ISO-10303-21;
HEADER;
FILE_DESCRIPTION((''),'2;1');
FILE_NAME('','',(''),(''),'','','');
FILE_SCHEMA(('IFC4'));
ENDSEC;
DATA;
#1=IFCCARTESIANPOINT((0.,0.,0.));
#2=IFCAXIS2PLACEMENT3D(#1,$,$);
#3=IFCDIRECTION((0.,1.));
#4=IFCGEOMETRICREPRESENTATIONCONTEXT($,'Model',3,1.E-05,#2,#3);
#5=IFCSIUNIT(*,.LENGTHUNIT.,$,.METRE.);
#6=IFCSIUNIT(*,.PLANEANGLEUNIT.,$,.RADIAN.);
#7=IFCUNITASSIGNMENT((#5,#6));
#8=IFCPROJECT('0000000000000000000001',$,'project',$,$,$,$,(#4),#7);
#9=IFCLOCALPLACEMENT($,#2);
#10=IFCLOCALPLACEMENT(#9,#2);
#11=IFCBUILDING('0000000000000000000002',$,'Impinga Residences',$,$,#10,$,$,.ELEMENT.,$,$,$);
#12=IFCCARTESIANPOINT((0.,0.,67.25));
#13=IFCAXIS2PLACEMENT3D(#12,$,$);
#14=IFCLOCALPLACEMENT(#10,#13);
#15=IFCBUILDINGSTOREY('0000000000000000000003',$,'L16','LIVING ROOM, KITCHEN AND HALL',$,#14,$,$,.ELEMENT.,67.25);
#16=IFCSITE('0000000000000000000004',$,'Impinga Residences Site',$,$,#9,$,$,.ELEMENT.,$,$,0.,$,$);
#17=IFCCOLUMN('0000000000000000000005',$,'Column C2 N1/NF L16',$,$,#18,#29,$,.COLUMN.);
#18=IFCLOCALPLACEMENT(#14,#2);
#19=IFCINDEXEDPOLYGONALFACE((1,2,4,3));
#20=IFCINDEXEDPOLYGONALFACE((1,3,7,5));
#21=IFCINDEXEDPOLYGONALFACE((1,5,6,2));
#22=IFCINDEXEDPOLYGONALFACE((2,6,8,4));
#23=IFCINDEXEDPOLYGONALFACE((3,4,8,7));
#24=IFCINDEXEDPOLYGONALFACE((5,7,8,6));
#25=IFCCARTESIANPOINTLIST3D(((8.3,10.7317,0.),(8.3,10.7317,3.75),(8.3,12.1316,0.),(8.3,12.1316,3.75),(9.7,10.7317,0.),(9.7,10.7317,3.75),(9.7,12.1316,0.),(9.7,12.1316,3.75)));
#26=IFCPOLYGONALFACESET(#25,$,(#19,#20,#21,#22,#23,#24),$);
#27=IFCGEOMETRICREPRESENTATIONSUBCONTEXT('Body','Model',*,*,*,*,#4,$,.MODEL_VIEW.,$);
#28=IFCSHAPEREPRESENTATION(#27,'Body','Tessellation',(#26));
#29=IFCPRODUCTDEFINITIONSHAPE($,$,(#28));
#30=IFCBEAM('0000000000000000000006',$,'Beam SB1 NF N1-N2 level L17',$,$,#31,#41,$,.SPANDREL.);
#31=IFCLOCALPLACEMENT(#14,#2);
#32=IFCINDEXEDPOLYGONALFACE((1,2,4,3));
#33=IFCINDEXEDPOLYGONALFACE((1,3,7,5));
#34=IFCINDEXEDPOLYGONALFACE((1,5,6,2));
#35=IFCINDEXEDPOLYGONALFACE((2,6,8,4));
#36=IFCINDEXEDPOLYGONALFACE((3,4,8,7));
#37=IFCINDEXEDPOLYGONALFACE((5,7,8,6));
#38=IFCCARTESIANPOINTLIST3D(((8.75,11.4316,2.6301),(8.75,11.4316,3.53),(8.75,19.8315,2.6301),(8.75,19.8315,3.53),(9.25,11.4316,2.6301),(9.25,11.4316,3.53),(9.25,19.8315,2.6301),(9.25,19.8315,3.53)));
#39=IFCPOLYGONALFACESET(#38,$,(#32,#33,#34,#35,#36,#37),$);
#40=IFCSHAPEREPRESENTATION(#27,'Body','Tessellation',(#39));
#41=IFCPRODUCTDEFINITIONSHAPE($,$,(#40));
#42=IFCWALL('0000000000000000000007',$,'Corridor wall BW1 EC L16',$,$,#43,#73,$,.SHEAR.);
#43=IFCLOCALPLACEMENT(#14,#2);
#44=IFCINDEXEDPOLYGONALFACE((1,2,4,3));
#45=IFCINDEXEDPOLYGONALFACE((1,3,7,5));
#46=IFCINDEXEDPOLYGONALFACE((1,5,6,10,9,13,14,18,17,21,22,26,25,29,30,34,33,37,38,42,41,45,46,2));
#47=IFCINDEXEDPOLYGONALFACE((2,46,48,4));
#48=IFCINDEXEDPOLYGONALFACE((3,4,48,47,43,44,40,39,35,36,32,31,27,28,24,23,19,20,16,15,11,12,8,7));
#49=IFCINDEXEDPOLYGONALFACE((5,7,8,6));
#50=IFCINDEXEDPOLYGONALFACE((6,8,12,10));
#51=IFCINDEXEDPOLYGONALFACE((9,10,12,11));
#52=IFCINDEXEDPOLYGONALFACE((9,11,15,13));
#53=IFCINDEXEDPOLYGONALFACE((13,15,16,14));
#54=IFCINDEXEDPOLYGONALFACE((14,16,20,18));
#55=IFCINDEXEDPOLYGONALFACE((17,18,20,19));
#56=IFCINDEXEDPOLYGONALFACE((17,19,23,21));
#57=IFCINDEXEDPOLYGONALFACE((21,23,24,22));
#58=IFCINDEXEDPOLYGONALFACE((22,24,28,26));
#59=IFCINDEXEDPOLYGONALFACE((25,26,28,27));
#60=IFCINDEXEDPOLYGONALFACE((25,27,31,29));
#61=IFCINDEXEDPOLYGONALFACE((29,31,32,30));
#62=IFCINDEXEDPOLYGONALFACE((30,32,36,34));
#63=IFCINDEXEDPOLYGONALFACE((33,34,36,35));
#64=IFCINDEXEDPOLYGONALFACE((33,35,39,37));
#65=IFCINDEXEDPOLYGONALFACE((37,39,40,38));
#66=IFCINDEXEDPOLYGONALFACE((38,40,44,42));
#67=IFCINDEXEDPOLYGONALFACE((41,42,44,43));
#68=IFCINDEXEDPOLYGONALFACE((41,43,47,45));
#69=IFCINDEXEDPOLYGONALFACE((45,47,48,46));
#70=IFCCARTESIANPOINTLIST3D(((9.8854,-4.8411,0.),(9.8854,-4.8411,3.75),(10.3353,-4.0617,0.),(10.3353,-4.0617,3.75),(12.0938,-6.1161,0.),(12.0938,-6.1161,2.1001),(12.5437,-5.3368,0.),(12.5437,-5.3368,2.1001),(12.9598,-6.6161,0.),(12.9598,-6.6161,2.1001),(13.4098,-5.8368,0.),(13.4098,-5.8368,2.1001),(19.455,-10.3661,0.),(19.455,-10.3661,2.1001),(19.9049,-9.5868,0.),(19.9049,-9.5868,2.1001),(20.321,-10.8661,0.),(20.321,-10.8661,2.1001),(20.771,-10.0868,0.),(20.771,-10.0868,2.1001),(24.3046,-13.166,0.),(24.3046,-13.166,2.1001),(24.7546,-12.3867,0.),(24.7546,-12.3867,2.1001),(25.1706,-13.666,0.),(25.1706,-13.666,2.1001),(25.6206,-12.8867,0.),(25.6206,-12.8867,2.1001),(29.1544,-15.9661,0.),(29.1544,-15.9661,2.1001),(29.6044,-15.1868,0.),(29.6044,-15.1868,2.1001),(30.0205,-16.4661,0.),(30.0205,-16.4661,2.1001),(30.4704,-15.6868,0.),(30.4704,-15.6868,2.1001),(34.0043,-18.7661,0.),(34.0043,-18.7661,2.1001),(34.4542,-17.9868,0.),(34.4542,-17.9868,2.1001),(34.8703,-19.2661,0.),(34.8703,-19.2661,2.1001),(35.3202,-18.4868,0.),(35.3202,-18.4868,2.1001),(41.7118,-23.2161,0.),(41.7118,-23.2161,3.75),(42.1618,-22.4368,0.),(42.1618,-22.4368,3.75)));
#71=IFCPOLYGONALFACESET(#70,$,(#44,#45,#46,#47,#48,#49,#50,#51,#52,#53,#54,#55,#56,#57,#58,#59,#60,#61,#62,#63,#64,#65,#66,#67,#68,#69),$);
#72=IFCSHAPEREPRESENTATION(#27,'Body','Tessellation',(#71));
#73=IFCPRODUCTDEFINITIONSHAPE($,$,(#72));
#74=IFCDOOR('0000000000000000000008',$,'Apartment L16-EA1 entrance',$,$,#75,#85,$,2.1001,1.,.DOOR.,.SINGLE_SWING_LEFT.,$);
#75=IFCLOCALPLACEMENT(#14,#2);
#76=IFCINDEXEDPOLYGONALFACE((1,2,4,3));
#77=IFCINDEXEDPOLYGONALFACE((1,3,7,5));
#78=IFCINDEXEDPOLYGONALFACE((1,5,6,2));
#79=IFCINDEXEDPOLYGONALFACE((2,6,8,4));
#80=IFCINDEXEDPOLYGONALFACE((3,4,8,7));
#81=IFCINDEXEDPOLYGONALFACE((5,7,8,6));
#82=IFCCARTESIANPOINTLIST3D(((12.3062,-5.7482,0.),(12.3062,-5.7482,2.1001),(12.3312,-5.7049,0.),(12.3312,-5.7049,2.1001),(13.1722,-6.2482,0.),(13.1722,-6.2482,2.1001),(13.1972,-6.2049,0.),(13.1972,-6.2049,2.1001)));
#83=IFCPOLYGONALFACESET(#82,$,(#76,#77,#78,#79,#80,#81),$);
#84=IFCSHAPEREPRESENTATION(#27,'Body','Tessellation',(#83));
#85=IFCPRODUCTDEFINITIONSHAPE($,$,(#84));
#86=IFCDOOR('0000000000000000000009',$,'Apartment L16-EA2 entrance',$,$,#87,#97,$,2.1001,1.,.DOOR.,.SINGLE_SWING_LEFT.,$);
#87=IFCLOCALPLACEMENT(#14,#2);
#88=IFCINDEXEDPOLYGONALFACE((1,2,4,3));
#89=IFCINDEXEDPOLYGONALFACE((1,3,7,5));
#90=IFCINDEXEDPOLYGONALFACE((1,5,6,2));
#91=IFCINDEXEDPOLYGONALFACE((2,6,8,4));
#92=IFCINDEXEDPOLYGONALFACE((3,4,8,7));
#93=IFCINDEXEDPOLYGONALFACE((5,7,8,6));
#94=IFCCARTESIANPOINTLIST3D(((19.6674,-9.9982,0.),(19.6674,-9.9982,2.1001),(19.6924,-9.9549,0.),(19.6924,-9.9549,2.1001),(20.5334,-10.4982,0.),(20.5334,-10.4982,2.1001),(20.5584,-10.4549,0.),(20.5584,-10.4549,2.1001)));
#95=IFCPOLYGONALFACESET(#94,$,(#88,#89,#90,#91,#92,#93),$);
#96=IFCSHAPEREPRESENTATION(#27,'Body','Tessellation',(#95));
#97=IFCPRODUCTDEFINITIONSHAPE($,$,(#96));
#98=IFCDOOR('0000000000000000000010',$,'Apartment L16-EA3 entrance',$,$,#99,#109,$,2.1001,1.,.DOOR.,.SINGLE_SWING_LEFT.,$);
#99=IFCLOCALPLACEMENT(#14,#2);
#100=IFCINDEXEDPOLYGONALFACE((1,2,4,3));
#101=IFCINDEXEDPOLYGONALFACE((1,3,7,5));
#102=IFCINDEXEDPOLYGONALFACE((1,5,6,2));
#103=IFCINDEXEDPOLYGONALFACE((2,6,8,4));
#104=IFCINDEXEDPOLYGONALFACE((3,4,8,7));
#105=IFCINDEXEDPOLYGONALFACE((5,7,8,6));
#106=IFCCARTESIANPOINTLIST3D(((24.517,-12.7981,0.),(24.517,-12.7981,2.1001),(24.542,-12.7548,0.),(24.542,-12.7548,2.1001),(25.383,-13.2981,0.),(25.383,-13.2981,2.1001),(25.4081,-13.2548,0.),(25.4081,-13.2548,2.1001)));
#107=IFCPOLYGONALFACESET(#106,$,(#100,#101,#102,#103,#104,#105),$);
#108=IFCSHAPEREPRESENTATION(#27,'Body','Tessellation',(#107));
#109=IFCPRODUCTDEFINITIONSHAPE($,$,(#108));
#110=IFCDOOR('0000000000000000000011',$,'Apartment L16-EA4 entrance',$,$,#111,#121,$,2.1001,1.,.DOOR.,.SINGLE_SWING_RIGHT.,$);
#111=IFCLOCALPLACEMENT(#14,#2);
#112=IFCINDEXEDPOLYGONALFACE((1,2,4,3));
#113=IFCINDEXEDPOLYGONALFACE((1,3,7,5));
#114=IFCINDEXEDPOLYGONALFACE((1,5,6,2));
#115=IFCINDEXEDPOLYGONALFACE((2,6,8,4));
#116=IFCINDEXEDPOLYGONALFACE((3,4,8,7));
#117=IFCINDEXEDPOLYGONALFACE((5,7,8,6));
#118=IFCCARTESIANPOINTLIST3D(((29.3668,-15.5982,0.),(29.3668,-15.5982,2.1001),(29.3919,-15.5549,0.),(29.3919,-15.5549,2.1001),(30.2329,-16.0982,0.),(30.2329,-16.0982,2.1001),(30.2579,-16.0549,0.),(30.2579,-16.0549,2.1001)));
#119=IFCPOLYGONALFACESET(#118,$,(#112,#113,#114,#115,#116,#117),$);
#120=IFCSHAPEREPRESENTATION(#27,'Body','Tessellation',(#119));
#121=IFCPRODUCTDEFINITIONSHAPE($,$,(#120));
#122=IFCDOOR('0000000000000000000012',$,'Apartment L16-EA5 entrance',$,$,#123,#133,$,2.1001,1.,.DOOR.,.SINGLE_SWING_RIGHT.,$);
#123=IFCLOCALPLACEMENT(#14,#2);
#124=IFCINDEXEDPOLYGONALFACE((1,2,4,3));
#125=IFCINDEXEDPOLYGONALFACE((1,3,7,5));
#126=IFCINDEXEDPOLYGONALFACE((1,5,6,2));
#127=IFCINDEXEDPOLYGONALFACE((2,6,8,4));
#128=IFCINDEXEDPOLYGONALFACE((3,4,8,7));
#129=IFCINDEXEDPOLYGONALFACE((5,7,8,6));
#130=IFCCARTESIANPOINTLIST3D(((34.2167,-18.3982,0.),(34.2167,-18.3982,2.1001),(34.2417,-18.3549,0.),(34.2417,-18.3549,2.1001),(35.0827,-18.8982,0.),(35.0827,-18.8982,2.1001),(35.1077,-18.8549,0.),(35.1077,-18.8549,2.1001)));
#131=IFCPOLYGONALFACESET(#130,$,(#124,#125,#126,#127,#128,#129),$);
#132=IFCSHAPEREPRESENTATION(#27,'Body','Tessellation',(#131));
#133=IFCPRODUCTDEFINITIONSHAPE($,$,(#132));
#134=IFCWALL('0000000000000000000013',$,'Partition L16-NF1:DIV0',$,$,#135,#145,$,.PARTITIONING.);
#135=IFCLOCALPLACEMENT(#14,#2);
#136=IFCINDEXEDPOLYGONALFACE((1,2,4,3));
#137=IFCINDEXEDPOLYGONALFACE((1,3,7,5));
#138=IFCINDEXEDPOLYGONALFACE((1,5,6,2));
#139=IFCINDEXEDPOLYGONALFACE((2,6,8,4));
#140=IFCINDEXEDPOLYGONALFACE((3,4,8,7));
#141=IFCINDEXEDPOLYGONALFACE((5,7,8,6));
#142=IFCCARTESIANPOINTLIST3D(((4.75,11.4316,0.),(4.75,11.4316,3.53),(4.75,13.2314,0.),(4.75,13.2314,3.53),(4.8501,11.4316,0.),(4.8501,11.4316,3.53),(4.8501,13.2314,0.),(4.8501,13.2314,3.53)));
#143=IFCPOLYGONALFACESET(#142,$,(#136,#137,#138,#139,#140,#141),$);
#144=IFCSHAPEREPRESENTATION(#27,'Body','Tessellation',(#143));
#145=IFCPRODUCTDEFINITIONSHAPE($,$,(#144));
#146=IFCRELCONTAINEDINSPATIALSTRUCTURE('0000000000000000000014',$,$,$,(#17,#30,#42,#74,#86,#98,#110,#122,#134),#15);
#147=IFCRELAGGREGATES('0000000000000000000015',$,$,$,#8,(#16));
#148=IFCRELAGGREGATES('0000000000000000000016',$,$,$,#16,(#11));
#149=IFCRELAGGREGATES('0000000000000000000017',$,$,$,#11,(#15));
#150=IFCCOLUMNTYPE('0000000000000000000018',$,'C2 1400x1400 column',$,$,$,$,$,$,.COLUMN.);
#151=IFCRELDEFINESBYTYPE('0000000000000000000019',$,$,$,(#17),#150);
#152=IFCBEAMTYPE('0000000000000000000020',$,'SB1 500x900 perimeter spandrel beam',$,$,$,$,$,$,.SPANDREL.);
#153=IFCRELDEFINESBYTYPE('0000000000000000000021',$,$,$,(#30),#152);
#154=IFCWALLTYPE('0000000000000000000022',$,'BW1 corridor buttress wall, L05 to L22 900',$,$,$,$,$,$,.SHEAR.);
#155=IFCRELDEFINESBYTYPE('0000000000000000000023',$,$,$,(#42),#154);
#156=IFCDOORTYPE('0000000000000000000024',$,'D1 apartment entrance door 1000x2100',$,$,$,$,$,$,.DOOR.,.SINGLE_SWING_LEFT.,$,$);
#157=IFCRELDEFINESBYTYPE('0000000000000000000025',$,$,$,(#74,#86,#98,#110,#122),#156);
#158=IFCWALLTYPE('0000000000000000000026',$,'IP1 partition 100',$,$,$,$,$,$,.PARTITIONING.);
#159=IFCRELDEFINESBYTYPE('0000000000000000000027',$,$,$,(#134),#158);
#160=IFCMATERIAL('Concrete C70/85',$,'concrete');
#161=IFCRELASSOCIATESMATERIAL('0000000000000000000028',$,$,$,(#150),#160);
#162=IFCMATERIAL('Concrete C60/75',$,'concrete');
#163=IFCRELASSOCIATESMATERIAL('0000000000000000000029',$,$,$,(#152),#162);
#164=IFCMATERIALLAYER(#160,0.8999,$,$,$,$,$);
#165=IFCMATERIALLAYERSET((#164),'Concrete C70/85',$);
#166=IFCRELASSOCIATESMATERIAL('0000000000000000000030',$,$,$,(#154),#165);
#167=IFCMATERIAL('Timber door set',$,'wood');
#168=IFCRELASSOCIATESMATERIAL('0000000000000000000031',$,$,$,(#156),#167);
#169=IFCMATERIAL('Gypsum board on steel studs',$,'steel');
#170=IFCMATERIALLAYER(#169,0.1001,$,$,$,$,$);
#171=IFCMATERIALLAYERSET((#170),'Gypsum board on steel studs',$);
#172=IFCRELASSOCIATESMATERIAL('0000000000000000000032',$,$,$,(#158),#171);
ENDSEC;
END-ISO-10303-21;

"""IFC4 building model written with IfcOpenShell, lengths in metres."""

from ifc_helpers import new_model, si_unit, direction, frame, frame_2d, origin, origin_2d, place, context, subcontext, project, spatial, rectangle, extrude, material, layer, layer_set, material_profile, profile_set, type_object, element, fill, save


model = new_model("IFC4")

# Units and contexts
model_context = context("Model", 3, precision=1e-05, world=origin(), true_north=direction((0.0, 1.0)))
body_context = subcontext(model_context, "Body", "Model", "MODEL_VIEW")
ifc_project = project(units=[si_unit("LENGTHUNIT", "METRE"), si_unit("PLANEANGLEUNIT", "RADIAN")], contexts=[model_context])

# Site, building, storey
site_placement = place(None, origin())
site = spatial("IfcSite", under=ifc_project, at=site_placement, Name="Impinga Residences Site", CompositionType="ELEMENT", RefElevation=0.0)
building_placement = place(site_placement, origin())
building = spatial("IfcBuilding", under=site, at=building_placement, Name="Impinga Residences", CompositionType="ELEMENT")
storey_placement = place(building_placement, frame((0.0, 0.0, 67.25)))
storey = spatial("IfcBuildingStorey", under=building, at=storey_placement, Name="L16", Description="LIVING ROOM, KITCHEN AND HALL", CompositionType="ELEMENT", Elevation=67.25)

# Column
ifc_material_1 = material(Name="Concrete C70/85", Category="concrete")
ifc_material_profile_1 = material_profile(ifc_material_1, rectangle(XDim=1.3999, YDim=1.3999, at=origin_2d()), Name="RC 1400x1400")
ifc_profile_set_1 = profile_set([ifc_material_profile_1], Name="Concrete C70/85")
column_type = type_object("IfcColumnType", Name="C2 1400x1400 column", PredefinedType="COLUMN", material=ifc_profile_set_1)
column_placement = place(storey_placement, frame((9.0, 11.4316, 0.0), z_axis=(0.0, 0.0, 1.0), x_axis=(1.0, 0.0, 0.0)))
element("IfcColumn", 1, at=column_placement, inside=storey, type_object=column_type, Name="Column C2 N1/NF L16", PredefinedType="COLUMN", context=body_context, shape_type="SweptSolid", body=[
    extrude(rectangle(XDim=1.3999, YDim=1.3999, at=origin_2d()), origin(), (0.0, 0.0, 1.0), 3.75),
])

# Beam
ifc_material_2 = material(Name="Concrete C60/75", Category="concrete")
ifc_material_profile_2 = material_profile(ifc_material_2, rectangle(XDim=0.5, YDim=0.8999, at=origin_2d()), Name="RC 500x900")
ifc_profile_set_2 = profile_set([ifc_material_profile_2], Name="Concrete C60/75")
beam_type = type_object("IfcBeamType", Name="SB1 500x900 perimeter spandrel beam", PredefinedType="SPANDREL", material=ifc_profile_set_2)
beam_placement = place(storey_placement, frame((9.0, 11.4316, 3.0801), z_axis=(0.0, 1.0, 0.0), x_axis=(-1.0, 0.0, 0.0)))
element("IfcBeam", 2, at=beam_placement, inside=storey, type_object=beam_type, Name="Beam SB1 NF N1-N2 level L17", PredefinedType="SPANDREL", context=body_context, shape_type="SweptSolid", body=[
    extrude(rectangle(XDim=0.5, YDim=0.8999, at=origin_2d()), origin(), (0.0, 0.0, 1.0), 8.3999),
])

# Wall, openings, doors
ifc_layer_1 = layer(ifc_material_1, 0.8999)
ifc_layer_set_1 = layer_set([ifc_layer_1], Name="Concrete C70/85")
wall_type_1 = type_object("IfcWallType", Name="BW1 corridor buttress wall, L05 to L22 900", PredefinedType="SHEAR", material=ifc_layer_set_1)
wall_1_placement = place(storey_placement, frame((10.1104, -4.4514, 0.0), z_axis=(0.0, 0.0, 1.0), x_axis=(0.866025, -0.5, 0.0)))
wall_1 = element("IfcWall", 3, at=wall_1_placement, inside=storey, type_object=wall_type_1, Name="Corridor wall BW1 EC L16", PredefinedType="SHEAR", context=body_context, shape_type="SweptSolid", body=[
    extrude(rectangle(XDim=36.75, YDim=0.8999, at=frame_2d((18.375, 0.0))), origin(), (0.0, 0.0, 1.0), 3.75),
])
opening_1_placement = place(wall_1_placement, frame((2.55, 0.0, 0.0)))
opening_1 = element("IfcOpeningElement", 4, at=opening_1_placement, cuts=wall_1, PredefinedType="OPENING", context=body_context, shape_type="SweptSolid", body=[
    extrude(rectangle(XDim=1.0, YDim=2.1001, at=frame_2d((0.5, 1.05))), frame((0.0, 0.46, 0.0), z_axis=(0.0, -1.0, 0.0), x_axis=(1.0, 0.0, 0.0)), (0.0, 0.0, 1.0), 0.9199),
])
opening_2_placement = place(wall_1_placement, frame((11.05, 0.0, 0.0)))
opening_2 = element("IfcOpeningElement", 5, at=opening_2_placement, cuts=wall_1, PredefinedType="OPENING", context=body_context, shape_type="SweptSolid", body=[
    extrude(rectangle(XDim=1.0, YDim=2.1001, at=frame_2d((0.5, 1.05))), frame((0.0, 0.46, 0.0), z_axis=(0.0, -1.0, 0.0), x_axis=(1.0, 0.0, 0.0)), (0.0, 0.0, 1.0), 0.9199),
])
opening_3_placement = place(wall_1_placement, frame((16.6499, 0.0, 0.0)))
opening_3 = element("IfcOpeningElement", 6, at=opening_3_placement, cuts=wall_1, PredefinedType="OPENING", context=body_context, shape_type="SweptSolid", body=[
    extrude(rectangle(XDim=1.0, YDim=2.1001, at=frame_2d((0.5, 1.05))), frame((0.0, 0.46, 0.0), z_axis=(0.0, -1.0, 0.0), x_axis=(1.0, 0.0, 0.0)), (0.0, 0.0, 1.0), 0.9199),
])
opening_4_placement = place(wall_1_placement, frame((22.25, 0.0, 0.0)))
opening_4 = element("IfcOpeningElement", 7, at=opening_4_placement, cuts=wall_1, PredefinedType="OPENING", context=body_context, shape_type="SweptSolid", body=[
    extrude(rectangle(XDim=1.0, YDim=2.1001, at=frame_2d((0.5, 1.05))), frame((0.0, 0.46, 0.0), z_axis=(0.0, -1.0, 0.0), x_axis=(1.0, 0.0, 0.0)), (0.0, 0.0, 1.0), 0.9199),
])
opening_5_placement = place(wall_1_placement, frame((27.8501, 0.0, 0.0)))
opening_5 = element("IfcOpeningElement", 8, at=opening_5_placement, cuts=wall_1, PredefinedType="OPENING", context=body_context, shape_type="SweptSolid", body=[
    extrude(rectangle(XDim=1.0, YDim=2.1001, at=frame_2d((0.5, 1.05))), frame((0.0, 0.46, 0.0), z_axis=(0.0, -1.0, 0.0), x_axis=(1.0, 0.0, 0.0)), (0.0, 0.0, 1.0), 0.9199),
])
ifc_material_3 = material(Name="Timber door set", Category="wood")
door_type_1 = type_object("IfcDoorType", Name="D1 apartment entrance door 1000x2100", OperationType="SINGLE_SWING_LEFT", PredefinedType="DOOR", material=ifc_material_3)
door_1_placement = place(opening_1_placement, origin())
door_1 = element("IfcDoor", 9, at=door_1_placement, inside=storey, type_object=door_type_1, Name="Apartment L16-EA1 entrance", OperationType="SINGLE_SWING_LEFT", OverallHeight=2.1001, OverallWidth=1.0, PredefinedType="DOOR", context=body_context, shape_type="SweptSolid", body=[
    extrude(rectangle(XDim=1.0, YDim=2.1001, at=frame_2d((0.5, 1.05))), frame((0.0, 0.0249, 0.0), z_axis=(0.0, -1.0, 0.0), x_axis=(1.0, 0.0, 0.0)), (0.0, 0.0, 1.0), 0.05),
])
fill(opening_1, door_1)
door_2_placement = place(opening_2_placement, origin())
door_2 = element("IfcDoor", 10, at=door_2_placement, inside=storey, type_object=door_type_1, Name="Apartment L16-EA2 entrance", OperationType="SINGLE_SWING_LEFT", OverallHeight=2.1001, OverallWidth=1.0, PredefinedType="DOOR", context=body_context, shape_type="SweptSolid", body=[
    extrude(rectangle(XDim=1.0, YDim=2.1001, at=frame_2d((0.5, 1.05))), frame((0.0, 0.0249, 0.0), z_axis=(0.0, -1.0, 0.0), x_axis=(1.0, 0.0, 0.0)), (0.0, 0.0, 1.0), 0.05),
])
fill(opening_2, door_2)
door_3_placement = place(opening_3_placement, origin())
door_3 = element("IfcDoor", 11, at=door_3_placement, inside=storey, type_object=door_type_1, Name="Apartment L16-EA3 entrance", OperationType="SINGLE_SWING_LEFT", OverallHeight=2.1001, OverallWidth=1.0, PredefinedType="DOOR", context=body_context, shape_type="SweptSolid", body=[
    extrude(rectangle(XDim=1.0, YDim=2.1001, at=frame_2d((0.5, 1.05))), frame((0.0, 0.0249, 0.0), z_axis=(0.0, -1.0, 0.0), x_axis=(1.0, 0.0, 0.0)), (0.0, 0.0, 1.0), 0.05),
])
fill(opening_3, door_3)
door_4_placement = place(opening_4_placement, origin())
door_4 = element("IfcDoor", 12, at=door_4_placement, inside=storey, type_object=door_type_1, Name="Apartment L16-EA4 entrance", OperationType="SINGLE_SWING_RIGHT", OverallHeight=2.1001, OverallWidth=1.0, PredefinedType="DOOR", context=body_context, shape_type="SweptSolid", body=[
    extrude(rectangle(XDim=1.0, YDim=2.1001, at=frame_2d((0.5, 1.05))), frame((0.0, 0.0249, 0.0), z_axis=(0.0, -1.0, 0.0), x_axis=(1.0, 0.0, 0.0)), (0.0, 0.0, 1.0), 0.05),
])
fill(opening_4, door_4)
door_5_placement = place(opening_5_placement, origin())
door_5 = element("IfcDoor", 13, at=door_5_placement, inside=storey, type_object=door_type_1, Name="Apartment L16-EA5 entrance", OperationType="SINGLE_SWING_RIGHT", OverallHeight=2.1001, OverallWidth=1.0, PredefinedType="DOOR", context=body_context, shape_type="SweptSolid", body=[
    extrude(rectangle(XDim=1.0, YDim=2.1001, at=frame_2d((0.5, 1.05))), frame((0.0, 0.0249, 0.0), z_axis=(0.0, -1.0, 0.0), x_axis=(1.0, 0.0, 0.0)), (0.0, 0.0, 1.0), 0.05),
])
fill(opening_5, door_5)

# Wall
ifc_material_4 = material(Name="Gypsum board on steel studs", Category="steel")
ifc_layer_2 = layer(ifc_material_4, 0.1001)
ifc_layer_set_2 = layer_set([ifc_layer_2], Name="Gypsum board on steel studs")
wall_type_2 = type_object("IfcWallType", Name="IP1 partition 100", PredefinedType="PARTITIONING", material=ifc_layer_set_2)
wall_2_placement = place(storey_placement, frame((4.8, 11.4316, 0.0), z_axis=(0.0, 0.0, 1.0), x_axis=(0.0, 1.0, 0.0)))
element("IfcWall", 14, at=wall_2_placement, inside=storey, type_object=wall_type_2, Name="Partition L16-NF1:DIV0", PredefinedType="PARTITIONING", context=body_context, shape_type="SweptSolid", body=[
    extrude(rectangle(XDim=1.7998, YDim=0.1001, at=frame_2d((0.8999, 0.0))), origin(), (0.0, 0.0, 1.0), 3.53),
])

save(model, "model.ifc")
